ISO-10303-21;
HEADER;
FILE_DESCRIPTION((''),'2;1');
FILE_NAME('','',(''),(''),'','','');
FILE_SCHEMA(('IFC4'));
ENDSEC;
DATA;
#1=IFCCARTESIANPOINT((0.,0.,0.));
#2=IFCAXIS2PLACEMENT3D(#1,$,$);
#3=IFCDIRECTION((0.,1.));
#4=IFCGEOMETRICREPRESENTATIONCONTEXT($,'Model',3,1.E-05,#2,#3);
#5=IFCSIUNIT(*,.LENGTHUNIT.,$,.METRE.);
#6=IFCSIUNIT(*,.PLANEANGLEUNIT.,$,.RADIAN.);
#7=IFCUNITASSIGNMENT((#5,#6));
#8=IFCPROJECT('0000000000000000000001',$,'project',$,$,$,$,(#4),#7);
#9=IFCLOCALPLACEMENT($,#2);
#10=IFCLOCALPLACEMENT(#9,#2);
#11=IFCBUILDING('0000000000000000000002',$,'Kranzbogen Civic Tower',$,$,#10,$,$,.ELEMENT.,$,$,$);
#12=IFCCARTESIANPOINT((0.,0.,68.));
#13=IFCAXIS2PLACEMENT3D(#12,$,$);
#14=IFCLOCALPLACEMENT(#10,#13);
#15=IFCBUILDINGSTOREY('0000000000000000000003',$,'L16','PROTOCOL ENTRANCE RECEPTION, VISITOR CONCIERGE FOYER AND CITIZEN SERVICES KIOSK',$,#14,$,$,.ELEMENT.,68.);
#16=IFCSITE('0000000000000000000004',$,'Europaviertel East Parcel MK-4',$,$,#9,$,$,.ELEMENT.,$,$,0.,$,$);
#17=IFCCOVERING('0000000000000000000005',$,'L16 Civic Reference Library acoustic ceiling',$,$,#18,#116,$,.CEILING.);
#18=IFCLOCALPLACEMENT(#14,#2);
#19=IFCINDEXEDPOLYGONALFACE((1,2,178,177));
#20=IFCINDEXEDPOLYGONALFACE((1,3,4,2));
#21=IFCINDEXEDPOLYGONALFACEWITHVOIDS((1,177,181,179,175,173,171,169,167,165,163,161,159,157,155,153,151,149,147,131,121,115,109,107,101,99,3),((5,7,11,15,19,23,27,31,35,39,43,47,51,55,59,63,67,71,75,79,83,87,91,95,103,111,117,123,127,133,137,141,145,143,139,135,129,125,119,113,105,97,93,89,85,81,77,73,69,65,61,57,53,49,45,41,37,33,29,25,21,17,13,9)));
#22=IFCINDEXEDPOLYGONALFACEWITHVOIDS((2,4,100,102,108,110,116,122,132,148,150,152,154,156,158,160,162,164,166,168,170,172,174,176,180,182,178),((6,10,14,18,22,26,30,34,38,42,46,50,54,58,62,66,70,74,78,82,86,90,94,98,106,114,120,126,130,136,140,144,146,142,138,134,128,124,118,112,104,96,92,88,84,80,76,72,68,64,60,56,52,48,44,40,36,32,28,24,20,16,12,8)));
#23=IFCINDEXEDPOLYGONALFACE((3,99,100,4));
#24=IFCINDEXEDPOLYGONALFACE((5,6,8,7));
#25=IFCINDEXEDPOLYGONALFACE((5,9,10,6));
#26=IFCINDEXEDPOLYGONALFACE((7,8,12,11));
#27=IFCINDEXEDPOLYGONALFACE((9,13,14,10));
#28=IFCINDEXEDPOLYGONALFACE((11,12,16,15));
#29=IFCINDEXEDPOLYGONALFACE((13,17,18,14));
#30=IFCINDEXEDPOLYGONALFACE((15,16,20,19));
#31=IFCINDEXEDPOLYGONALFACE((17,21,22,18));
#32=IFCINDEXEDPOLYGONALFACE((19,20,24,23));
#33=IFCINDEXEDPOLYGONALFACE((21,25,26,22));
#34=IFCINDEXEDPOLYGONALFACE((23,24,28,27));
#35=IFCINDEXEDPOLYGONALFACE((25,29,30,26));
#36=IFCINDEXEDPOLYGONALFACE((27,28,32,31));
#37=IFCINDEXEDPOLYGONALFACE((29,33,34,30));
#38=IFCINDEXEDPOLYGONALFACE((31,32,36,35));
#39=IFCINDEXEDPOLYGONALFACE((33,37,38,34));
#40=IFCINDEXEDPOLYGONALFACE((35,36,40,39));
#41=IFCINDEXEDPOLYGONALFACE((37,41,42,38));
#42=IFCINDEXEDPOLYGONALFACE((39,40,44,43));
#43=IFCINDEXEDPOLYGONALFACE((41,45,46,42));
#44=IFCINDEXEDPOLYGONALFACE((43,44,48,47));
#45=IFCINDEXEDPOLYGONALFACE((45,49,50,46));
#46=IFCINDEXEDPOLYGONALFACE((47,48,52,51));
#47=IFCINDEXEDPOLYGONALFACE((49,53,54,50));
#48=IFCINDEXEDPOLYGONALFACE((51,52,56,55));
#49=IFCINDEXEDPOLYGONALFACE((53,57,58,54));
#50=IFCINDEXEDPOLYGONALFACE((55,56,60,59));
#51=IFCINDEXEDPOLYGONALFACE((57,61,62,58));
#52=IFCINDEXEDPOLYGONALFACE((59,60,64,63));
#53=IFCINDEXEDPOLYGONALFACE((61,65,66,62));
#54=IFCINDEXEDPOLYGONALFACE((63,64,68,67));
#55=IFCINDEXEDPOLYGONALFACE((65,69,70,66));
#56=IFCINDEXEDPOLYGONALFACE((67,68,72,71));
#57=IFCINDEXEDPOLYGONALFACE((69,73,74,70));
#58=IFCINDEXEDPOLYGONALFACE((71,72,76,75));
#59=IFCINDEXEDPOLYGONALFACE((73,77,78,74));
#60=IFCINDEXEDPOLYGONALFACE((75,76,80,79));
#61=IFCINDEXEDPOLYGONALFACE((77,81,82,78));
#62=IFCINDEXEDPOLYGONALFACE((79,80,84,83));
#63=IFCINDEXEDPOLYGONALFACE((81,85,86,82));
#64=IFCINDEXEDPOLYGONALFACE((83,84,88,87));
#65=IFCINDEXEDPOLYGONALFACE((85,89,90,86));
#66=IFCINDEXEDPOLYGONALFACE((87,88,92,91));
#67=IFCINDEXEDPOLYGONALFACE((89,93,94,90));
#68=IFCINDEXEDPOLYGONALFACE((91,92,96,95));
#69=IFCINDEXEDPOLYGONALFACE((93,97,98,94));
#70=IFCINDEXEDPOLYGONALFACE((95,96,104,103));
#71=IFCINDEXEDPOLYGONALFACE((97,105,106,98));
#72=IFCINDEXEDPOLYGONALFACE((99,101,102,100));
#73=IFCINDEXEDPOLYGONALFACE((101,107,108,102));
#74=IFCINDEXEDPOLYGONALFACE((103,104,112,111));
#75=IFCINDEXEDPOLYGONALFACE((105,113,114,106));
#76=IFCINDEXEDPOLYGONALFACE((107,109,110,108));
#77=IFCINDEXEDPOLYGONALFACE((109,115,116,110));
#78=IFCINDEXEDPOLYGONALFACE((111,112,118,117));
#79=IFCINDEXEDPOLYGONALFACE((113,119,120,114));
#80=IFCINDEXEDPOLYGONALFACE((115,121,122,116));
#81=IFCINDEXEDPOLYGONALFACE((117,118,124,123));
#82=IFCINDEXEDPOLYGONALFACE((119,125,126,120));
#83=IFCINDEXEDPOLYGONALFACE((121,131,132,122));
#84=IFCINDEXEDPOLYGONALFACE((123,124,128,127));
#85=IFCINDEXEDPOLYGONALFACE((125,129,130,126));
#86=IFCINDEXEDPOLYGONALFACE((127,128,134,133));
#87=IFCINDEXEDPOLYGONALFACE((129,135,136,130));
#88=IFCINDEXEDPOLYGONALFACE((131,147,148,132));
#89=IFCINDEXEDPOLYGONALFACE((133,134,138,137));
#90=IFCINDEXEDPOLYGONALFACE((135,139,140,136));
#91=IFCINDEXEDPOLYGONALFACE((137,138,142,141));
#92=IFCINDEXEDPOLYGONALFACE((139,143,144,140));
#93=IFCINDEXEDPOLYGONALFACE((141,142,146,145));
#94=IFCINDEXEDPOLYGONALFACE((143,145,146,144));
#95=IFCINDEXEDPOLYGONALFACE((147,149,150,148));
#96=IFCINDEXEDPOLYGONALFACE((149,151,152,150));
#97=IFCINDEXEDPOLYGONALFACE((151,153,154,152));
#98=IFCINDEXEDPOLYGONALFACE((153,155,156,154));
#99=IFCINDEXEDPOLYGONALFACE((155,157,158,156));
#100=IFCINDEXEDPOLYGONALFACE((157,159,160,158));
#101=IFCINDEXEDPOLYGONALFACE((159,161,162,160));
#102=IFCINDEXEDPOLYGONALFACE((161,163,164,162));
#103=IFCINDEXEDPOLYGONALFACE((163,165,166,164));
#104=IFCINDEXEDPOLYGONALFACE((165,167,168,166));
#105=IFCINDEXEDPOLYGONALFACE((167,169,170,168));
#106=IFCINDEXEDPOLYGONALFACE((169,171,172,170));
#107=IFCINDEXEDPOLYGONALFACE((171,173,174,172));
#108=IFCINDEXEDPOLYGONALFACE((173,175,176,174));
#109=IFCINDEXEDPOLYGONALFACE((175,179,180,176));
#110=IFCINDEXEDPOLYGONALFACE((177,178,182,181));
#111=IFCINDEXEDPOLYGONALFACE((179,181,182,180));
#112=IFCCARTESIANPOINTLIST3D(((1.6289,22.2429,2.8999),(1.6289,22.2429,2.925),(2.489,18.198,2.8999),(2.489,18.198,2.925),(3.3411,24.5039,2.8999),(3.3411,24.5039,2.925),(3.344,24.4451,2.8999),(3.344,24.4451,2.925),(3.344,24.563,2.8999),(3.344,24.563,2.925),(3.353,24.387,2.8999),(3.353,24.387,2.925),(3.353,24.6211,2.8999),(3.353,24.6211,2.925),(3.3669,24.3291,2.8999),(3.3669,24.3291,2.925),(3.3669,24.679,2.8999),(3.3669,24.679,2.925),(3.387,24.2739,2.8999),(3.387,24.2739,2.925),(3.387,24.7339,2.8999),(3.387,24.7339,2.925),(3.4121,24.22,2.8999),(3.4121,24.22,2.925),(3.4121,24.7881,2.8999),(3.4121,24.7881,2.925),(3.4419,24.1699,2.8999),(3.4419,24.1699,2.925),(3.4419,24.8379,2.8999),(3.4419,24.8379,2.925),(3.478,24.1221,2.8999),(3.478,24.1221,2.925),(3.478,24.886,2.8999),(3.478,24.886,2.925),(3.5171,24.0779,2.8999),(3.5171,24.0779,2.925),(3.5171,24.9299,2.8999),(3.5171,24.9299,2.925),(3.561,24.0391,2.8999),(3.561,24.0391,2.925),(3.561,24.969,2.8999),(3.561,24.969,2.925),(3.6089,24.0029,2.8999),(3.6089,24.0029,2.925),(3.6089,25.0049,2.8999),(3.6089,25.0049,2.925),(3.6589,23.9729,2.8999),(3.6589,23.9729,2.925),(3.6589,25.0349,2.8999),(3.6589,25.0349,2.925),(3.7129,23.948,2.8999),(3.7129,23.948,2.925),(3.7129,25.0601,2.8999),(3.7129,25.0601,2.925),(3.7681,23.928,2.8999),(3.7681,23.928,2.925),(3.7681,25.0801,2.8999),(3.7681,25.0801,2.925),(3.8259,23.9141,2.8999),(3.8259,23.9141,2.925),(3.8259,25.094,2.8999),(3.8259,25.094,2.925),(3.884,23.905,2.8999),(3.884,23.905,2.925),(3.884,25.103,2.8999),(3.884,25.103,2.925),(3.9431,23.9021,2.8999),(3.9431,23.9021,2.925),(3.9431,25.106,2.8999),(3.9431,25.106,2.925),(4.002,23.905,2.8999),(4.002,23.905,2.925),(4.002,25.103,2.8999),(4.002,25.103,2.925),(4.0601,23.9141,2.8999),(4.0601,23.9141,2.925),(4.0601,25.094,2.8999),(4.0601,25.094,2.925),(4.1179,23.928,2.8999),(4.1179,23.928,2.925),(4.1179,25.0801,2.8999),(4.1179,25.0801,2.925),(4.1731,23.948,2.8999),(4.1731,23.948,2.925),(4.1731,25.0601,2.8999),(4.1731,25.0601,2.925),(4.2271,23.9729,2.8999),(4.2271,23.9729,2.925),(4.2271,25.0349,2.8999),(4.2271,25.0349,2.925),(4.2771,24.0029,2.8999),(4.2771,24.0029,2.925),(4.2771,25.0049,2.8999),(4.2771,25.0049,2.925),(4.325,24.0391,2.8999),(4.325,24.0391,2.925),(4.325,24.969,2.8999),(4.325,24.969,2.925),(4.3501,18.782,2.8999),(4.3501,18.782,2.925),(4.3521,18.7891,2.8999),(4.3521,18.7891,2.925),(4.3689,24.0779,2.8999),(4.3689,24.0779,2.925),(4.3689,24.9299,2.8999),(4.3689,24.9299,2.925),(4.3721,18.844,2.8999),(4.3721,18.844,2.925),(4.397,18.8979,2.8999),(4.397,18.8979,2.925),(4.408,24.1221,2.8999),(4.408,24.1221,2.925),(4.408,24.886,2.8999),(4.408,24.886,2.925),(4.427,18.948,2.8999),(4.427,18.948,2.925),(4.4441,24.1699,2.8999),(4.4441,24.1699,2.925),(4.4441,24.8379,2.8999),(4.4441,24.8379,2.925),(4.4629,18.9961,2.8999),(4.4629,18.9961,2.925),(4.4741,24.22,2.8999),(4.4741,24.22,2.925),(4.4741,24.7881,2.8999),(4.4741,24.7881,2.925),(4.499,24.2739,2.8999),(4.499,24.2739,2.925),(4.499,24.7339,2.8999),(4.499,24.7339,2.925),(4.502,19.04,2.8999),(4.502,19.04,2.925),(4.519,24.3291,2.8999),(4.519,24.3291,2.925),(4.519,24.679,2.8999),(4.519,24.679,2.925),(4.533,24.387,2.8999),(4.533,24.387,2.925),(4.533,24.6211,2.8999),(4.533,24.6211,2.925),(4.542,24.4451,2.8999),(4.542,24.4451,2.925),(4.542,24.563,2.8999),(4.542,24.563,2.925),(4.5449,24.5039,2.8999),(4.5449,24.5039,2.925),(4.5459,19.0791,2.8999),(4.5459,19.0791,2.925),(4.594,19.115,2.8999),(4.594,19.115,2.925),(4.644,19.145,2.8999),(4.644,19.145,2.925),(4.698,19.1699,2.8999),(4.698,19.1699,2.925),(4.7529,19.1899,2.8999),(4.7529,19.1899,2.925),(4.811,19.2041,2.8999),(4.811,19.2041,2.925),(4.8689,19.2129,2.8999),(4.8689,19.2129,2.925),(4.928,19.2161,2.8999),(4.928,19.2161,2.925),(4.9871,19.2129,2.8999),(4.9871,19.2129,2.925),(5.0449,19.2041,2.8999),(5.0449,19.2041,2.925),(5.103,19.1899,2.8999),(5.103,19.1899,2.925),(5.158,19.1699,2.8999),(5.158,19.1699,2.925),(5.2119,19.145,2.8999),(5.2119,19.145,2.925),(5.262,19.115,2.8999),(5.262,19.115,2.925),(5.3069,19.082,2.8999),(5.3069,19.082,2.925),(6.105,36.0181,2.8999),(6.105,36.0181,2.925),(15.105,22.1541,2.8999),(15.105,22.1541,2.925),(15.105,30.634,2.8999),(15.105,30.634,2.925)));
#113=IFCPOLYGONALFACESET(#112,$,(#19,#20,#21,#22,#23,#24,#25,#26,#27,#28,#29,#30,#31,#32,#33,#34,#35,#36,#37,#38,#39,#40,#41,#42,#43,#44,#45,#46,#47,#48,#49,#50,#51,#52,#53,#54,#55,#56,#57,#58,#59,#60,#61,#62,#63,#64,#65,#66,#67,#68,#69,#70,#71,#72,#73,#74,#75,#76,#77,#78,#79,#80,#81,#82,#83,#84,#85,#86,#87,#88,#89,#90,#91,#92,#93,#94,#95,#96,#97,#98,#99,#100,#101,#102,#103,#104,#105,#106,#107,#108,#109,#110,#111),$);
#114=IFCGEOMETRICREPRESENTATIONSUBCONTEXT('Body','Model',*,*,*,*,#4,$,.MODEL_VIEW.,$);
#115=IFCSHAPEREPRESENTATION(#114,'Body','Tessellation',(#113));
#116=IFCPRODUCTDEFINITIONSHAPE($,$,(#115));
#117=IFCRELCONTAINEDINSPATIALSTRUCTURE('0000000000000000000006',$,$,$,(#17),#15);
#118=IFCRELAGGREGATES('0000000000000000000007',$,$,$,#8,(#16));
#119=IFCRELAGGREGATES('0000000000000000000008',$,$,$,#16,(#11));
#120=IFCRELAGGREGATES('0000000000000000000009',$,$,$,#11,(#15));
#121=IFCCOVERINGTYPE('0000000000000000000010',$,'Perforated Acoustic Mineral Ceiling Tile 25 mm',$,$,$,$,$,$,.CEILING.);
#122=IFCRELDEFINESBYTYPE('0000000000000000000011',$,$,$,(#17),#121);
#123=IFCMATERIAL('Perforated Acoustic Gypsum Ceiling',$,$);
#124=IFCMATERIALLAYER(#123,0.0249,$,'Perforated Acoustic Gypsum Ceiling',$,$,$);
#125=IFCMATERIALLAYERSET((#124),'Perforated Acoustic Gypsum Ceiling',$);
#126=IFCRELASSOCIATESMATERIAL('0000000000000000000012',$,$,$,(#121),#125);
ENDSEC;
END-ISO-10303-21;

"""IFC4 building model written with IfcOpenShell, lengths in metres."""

from ifc_helpers import new_model, si_unit, direction, frame, origin, place, context, subcontext, project, spatial, polyline, outline, extrude, material, layer, layer_set, type_object, element, save


model = new_model("IFC4")

# Units and contexts
model_context = context("Model", 3, precision=1e-05, world=origin(), true_north=direction((0.0, 1.0)))
body_context = subcontext(model_context, "Body", "Model", "MODEL_VIEW")
ifc_project = project(units=[si_unit("LENGTHUNIT", "METRE"), si_unit("PLANEANGLEUNIT", "RADIAN")], contexts=[model_context])

# Site, building, storey
site_placement = place(None, origin())
site = spatial("IfcSite", under=ifc_project, at=site_placement, Name="Europaviertel East Parcel MK-4", CompositionType="ELEMENT", RefElevation=0.0)
building_placement = place(site_placement, origin())
building = spatial("IfcBuilding", under=site, at=building_placement, Name="Kranzbogen Civic Tower", CompositionType="ELEMENT")
storey_placement = place(building_placement, frame((0.0, 0.0, 68.0)))
storey = spatial("IfcBuildingStorey", under=building, at=storey_placement, Name="L16", Description="PROTOCOL ENTRANCE RECEPTION, VISITOR CONCIERGE FOYER AND CITIZEN SERVICES KIOSK", CompositionType="ELEMENT", Elevation=68.0)

# Covering
ifc_material_1 = material(Name="Perforated Acoustic Gypsum Ceiling")
ifc_layer_1 = layer(ifc_material_1, 0.0249, Name="Perforated Acoustic Gypsum Ceiling")
ifc_layer_set_1 = layer_set([ifc_layer_1], Name="Perforated Acoustic Gypsum Ceiling")
covering_type = type_object("IfcCoveringType", Name="Perforated Acoustic Mineral Ceiling Tile 25 mm", PredefinedType="CEILING", material=ifc_layer_set_1)
covering_1_placement = place(storey_placement, frame((0.0, 0.0, 2.8999)))
element("IfcCovering", 1, at=covering_1_placement, inside=storey, type_object=covering_type, Name="L16 Civic Reference Library acoustic ceiling", PredefinedType="CEILING", context=body_context, shape_type="SweptSolid", body=[
    extrude(outline(polyline([(6.105, 36.0181), (15.105, 30.634), (15.105, 22.1541), (5.3069, 19.082), (5.262, 19.115), (5.2119, 19.145), (5.158, 19.1699), (5.103, 19.1899), (5.0449, 19.2041), (4.9871, 19.2129), (4.928, 19.2161), (4.8689, 19.2129), (4.811, 19.2041), (4.7529, 19.1899), (4.698, 19.1699), (4.644, 19.145), (4.594, 19.115), (4.5459, 19.0791), (4.502, 19.04), (4.4629, 18.9961), (4.427, 18.948), (4.397, 18.8979), (4.3721, 18.844), (4.3521, 18.7891), (4.3501, 18.782), (2.489, 18.198), (1.6289, 22.2429), (6.105, 36.0181)]), holes=[polyline([(4.499, 24.2739), (4.4741, 24.22), (4.4441, 24.1699), (4.408, 24.1221), (4.3689, 24.0779), (4.325, 24.0391), (4.2771, 24.0029), (4.2271, 23.9729), (4.1731, 23.948), (4.1179, 23.928), (4.0601, 23.9141), (4.002, 23.905), (3.9431, 23.9021), (3.884, 23.905), (3.8259, 23.9141), (3.7681, 23.928), (3.7129, 23.948), (3.6589, 23.9729), (3.6089, 24.0029), (3.561, 24.0391), (3.5171, 24.0779), (3.478, 24.1221), (3.4419, 24.1699), (3.4121, 24.22), (3.387, 24.2739), (3.3669, 24.3291), (3.353, 24.387), (3.344, 24.4451), (3.3411, 24.5039), (3.344, 24.563), (3.353, 24.6211), (3.3669, 24.679), (3.387, 24.7339), (3.4121, 24.7881), (3.4419, 24.8379), (3.478, 24.886), (3.5171, 24.9299), (3.561, 24.969), (3.6089, 25.0049), (3.6589, 25.0349), (3.7129, 25.0601), (3.7681, 25.0801), (3.8259, 25.094), (3.884, 25.103), (3.9431, 25.106), (4.002, 25.103), (4.0601, 25.094), (4.1179, 25.0801), (4.1731, 25.0601), (4.2271, 25.0349), (4.2771, 25.0049), (4.325, 24.969), (4.3689, 24.9299), (4.408, 24.886), (4.4441, 24.8379), (4.4741, 24.7881), (4.499, 24.7339), (4.519, 24.679), (4.533, 24.6211), (4.542, 24.563), (4.5449, 24.5039), (4.542, 24.4451), (4.533, 24.387), (4.519, 24.3291), (4.499, 24.2739)])]), origin(), (0.0, 0.0, 1.0), 0.0251),
])

save(model, "model.ifc")
